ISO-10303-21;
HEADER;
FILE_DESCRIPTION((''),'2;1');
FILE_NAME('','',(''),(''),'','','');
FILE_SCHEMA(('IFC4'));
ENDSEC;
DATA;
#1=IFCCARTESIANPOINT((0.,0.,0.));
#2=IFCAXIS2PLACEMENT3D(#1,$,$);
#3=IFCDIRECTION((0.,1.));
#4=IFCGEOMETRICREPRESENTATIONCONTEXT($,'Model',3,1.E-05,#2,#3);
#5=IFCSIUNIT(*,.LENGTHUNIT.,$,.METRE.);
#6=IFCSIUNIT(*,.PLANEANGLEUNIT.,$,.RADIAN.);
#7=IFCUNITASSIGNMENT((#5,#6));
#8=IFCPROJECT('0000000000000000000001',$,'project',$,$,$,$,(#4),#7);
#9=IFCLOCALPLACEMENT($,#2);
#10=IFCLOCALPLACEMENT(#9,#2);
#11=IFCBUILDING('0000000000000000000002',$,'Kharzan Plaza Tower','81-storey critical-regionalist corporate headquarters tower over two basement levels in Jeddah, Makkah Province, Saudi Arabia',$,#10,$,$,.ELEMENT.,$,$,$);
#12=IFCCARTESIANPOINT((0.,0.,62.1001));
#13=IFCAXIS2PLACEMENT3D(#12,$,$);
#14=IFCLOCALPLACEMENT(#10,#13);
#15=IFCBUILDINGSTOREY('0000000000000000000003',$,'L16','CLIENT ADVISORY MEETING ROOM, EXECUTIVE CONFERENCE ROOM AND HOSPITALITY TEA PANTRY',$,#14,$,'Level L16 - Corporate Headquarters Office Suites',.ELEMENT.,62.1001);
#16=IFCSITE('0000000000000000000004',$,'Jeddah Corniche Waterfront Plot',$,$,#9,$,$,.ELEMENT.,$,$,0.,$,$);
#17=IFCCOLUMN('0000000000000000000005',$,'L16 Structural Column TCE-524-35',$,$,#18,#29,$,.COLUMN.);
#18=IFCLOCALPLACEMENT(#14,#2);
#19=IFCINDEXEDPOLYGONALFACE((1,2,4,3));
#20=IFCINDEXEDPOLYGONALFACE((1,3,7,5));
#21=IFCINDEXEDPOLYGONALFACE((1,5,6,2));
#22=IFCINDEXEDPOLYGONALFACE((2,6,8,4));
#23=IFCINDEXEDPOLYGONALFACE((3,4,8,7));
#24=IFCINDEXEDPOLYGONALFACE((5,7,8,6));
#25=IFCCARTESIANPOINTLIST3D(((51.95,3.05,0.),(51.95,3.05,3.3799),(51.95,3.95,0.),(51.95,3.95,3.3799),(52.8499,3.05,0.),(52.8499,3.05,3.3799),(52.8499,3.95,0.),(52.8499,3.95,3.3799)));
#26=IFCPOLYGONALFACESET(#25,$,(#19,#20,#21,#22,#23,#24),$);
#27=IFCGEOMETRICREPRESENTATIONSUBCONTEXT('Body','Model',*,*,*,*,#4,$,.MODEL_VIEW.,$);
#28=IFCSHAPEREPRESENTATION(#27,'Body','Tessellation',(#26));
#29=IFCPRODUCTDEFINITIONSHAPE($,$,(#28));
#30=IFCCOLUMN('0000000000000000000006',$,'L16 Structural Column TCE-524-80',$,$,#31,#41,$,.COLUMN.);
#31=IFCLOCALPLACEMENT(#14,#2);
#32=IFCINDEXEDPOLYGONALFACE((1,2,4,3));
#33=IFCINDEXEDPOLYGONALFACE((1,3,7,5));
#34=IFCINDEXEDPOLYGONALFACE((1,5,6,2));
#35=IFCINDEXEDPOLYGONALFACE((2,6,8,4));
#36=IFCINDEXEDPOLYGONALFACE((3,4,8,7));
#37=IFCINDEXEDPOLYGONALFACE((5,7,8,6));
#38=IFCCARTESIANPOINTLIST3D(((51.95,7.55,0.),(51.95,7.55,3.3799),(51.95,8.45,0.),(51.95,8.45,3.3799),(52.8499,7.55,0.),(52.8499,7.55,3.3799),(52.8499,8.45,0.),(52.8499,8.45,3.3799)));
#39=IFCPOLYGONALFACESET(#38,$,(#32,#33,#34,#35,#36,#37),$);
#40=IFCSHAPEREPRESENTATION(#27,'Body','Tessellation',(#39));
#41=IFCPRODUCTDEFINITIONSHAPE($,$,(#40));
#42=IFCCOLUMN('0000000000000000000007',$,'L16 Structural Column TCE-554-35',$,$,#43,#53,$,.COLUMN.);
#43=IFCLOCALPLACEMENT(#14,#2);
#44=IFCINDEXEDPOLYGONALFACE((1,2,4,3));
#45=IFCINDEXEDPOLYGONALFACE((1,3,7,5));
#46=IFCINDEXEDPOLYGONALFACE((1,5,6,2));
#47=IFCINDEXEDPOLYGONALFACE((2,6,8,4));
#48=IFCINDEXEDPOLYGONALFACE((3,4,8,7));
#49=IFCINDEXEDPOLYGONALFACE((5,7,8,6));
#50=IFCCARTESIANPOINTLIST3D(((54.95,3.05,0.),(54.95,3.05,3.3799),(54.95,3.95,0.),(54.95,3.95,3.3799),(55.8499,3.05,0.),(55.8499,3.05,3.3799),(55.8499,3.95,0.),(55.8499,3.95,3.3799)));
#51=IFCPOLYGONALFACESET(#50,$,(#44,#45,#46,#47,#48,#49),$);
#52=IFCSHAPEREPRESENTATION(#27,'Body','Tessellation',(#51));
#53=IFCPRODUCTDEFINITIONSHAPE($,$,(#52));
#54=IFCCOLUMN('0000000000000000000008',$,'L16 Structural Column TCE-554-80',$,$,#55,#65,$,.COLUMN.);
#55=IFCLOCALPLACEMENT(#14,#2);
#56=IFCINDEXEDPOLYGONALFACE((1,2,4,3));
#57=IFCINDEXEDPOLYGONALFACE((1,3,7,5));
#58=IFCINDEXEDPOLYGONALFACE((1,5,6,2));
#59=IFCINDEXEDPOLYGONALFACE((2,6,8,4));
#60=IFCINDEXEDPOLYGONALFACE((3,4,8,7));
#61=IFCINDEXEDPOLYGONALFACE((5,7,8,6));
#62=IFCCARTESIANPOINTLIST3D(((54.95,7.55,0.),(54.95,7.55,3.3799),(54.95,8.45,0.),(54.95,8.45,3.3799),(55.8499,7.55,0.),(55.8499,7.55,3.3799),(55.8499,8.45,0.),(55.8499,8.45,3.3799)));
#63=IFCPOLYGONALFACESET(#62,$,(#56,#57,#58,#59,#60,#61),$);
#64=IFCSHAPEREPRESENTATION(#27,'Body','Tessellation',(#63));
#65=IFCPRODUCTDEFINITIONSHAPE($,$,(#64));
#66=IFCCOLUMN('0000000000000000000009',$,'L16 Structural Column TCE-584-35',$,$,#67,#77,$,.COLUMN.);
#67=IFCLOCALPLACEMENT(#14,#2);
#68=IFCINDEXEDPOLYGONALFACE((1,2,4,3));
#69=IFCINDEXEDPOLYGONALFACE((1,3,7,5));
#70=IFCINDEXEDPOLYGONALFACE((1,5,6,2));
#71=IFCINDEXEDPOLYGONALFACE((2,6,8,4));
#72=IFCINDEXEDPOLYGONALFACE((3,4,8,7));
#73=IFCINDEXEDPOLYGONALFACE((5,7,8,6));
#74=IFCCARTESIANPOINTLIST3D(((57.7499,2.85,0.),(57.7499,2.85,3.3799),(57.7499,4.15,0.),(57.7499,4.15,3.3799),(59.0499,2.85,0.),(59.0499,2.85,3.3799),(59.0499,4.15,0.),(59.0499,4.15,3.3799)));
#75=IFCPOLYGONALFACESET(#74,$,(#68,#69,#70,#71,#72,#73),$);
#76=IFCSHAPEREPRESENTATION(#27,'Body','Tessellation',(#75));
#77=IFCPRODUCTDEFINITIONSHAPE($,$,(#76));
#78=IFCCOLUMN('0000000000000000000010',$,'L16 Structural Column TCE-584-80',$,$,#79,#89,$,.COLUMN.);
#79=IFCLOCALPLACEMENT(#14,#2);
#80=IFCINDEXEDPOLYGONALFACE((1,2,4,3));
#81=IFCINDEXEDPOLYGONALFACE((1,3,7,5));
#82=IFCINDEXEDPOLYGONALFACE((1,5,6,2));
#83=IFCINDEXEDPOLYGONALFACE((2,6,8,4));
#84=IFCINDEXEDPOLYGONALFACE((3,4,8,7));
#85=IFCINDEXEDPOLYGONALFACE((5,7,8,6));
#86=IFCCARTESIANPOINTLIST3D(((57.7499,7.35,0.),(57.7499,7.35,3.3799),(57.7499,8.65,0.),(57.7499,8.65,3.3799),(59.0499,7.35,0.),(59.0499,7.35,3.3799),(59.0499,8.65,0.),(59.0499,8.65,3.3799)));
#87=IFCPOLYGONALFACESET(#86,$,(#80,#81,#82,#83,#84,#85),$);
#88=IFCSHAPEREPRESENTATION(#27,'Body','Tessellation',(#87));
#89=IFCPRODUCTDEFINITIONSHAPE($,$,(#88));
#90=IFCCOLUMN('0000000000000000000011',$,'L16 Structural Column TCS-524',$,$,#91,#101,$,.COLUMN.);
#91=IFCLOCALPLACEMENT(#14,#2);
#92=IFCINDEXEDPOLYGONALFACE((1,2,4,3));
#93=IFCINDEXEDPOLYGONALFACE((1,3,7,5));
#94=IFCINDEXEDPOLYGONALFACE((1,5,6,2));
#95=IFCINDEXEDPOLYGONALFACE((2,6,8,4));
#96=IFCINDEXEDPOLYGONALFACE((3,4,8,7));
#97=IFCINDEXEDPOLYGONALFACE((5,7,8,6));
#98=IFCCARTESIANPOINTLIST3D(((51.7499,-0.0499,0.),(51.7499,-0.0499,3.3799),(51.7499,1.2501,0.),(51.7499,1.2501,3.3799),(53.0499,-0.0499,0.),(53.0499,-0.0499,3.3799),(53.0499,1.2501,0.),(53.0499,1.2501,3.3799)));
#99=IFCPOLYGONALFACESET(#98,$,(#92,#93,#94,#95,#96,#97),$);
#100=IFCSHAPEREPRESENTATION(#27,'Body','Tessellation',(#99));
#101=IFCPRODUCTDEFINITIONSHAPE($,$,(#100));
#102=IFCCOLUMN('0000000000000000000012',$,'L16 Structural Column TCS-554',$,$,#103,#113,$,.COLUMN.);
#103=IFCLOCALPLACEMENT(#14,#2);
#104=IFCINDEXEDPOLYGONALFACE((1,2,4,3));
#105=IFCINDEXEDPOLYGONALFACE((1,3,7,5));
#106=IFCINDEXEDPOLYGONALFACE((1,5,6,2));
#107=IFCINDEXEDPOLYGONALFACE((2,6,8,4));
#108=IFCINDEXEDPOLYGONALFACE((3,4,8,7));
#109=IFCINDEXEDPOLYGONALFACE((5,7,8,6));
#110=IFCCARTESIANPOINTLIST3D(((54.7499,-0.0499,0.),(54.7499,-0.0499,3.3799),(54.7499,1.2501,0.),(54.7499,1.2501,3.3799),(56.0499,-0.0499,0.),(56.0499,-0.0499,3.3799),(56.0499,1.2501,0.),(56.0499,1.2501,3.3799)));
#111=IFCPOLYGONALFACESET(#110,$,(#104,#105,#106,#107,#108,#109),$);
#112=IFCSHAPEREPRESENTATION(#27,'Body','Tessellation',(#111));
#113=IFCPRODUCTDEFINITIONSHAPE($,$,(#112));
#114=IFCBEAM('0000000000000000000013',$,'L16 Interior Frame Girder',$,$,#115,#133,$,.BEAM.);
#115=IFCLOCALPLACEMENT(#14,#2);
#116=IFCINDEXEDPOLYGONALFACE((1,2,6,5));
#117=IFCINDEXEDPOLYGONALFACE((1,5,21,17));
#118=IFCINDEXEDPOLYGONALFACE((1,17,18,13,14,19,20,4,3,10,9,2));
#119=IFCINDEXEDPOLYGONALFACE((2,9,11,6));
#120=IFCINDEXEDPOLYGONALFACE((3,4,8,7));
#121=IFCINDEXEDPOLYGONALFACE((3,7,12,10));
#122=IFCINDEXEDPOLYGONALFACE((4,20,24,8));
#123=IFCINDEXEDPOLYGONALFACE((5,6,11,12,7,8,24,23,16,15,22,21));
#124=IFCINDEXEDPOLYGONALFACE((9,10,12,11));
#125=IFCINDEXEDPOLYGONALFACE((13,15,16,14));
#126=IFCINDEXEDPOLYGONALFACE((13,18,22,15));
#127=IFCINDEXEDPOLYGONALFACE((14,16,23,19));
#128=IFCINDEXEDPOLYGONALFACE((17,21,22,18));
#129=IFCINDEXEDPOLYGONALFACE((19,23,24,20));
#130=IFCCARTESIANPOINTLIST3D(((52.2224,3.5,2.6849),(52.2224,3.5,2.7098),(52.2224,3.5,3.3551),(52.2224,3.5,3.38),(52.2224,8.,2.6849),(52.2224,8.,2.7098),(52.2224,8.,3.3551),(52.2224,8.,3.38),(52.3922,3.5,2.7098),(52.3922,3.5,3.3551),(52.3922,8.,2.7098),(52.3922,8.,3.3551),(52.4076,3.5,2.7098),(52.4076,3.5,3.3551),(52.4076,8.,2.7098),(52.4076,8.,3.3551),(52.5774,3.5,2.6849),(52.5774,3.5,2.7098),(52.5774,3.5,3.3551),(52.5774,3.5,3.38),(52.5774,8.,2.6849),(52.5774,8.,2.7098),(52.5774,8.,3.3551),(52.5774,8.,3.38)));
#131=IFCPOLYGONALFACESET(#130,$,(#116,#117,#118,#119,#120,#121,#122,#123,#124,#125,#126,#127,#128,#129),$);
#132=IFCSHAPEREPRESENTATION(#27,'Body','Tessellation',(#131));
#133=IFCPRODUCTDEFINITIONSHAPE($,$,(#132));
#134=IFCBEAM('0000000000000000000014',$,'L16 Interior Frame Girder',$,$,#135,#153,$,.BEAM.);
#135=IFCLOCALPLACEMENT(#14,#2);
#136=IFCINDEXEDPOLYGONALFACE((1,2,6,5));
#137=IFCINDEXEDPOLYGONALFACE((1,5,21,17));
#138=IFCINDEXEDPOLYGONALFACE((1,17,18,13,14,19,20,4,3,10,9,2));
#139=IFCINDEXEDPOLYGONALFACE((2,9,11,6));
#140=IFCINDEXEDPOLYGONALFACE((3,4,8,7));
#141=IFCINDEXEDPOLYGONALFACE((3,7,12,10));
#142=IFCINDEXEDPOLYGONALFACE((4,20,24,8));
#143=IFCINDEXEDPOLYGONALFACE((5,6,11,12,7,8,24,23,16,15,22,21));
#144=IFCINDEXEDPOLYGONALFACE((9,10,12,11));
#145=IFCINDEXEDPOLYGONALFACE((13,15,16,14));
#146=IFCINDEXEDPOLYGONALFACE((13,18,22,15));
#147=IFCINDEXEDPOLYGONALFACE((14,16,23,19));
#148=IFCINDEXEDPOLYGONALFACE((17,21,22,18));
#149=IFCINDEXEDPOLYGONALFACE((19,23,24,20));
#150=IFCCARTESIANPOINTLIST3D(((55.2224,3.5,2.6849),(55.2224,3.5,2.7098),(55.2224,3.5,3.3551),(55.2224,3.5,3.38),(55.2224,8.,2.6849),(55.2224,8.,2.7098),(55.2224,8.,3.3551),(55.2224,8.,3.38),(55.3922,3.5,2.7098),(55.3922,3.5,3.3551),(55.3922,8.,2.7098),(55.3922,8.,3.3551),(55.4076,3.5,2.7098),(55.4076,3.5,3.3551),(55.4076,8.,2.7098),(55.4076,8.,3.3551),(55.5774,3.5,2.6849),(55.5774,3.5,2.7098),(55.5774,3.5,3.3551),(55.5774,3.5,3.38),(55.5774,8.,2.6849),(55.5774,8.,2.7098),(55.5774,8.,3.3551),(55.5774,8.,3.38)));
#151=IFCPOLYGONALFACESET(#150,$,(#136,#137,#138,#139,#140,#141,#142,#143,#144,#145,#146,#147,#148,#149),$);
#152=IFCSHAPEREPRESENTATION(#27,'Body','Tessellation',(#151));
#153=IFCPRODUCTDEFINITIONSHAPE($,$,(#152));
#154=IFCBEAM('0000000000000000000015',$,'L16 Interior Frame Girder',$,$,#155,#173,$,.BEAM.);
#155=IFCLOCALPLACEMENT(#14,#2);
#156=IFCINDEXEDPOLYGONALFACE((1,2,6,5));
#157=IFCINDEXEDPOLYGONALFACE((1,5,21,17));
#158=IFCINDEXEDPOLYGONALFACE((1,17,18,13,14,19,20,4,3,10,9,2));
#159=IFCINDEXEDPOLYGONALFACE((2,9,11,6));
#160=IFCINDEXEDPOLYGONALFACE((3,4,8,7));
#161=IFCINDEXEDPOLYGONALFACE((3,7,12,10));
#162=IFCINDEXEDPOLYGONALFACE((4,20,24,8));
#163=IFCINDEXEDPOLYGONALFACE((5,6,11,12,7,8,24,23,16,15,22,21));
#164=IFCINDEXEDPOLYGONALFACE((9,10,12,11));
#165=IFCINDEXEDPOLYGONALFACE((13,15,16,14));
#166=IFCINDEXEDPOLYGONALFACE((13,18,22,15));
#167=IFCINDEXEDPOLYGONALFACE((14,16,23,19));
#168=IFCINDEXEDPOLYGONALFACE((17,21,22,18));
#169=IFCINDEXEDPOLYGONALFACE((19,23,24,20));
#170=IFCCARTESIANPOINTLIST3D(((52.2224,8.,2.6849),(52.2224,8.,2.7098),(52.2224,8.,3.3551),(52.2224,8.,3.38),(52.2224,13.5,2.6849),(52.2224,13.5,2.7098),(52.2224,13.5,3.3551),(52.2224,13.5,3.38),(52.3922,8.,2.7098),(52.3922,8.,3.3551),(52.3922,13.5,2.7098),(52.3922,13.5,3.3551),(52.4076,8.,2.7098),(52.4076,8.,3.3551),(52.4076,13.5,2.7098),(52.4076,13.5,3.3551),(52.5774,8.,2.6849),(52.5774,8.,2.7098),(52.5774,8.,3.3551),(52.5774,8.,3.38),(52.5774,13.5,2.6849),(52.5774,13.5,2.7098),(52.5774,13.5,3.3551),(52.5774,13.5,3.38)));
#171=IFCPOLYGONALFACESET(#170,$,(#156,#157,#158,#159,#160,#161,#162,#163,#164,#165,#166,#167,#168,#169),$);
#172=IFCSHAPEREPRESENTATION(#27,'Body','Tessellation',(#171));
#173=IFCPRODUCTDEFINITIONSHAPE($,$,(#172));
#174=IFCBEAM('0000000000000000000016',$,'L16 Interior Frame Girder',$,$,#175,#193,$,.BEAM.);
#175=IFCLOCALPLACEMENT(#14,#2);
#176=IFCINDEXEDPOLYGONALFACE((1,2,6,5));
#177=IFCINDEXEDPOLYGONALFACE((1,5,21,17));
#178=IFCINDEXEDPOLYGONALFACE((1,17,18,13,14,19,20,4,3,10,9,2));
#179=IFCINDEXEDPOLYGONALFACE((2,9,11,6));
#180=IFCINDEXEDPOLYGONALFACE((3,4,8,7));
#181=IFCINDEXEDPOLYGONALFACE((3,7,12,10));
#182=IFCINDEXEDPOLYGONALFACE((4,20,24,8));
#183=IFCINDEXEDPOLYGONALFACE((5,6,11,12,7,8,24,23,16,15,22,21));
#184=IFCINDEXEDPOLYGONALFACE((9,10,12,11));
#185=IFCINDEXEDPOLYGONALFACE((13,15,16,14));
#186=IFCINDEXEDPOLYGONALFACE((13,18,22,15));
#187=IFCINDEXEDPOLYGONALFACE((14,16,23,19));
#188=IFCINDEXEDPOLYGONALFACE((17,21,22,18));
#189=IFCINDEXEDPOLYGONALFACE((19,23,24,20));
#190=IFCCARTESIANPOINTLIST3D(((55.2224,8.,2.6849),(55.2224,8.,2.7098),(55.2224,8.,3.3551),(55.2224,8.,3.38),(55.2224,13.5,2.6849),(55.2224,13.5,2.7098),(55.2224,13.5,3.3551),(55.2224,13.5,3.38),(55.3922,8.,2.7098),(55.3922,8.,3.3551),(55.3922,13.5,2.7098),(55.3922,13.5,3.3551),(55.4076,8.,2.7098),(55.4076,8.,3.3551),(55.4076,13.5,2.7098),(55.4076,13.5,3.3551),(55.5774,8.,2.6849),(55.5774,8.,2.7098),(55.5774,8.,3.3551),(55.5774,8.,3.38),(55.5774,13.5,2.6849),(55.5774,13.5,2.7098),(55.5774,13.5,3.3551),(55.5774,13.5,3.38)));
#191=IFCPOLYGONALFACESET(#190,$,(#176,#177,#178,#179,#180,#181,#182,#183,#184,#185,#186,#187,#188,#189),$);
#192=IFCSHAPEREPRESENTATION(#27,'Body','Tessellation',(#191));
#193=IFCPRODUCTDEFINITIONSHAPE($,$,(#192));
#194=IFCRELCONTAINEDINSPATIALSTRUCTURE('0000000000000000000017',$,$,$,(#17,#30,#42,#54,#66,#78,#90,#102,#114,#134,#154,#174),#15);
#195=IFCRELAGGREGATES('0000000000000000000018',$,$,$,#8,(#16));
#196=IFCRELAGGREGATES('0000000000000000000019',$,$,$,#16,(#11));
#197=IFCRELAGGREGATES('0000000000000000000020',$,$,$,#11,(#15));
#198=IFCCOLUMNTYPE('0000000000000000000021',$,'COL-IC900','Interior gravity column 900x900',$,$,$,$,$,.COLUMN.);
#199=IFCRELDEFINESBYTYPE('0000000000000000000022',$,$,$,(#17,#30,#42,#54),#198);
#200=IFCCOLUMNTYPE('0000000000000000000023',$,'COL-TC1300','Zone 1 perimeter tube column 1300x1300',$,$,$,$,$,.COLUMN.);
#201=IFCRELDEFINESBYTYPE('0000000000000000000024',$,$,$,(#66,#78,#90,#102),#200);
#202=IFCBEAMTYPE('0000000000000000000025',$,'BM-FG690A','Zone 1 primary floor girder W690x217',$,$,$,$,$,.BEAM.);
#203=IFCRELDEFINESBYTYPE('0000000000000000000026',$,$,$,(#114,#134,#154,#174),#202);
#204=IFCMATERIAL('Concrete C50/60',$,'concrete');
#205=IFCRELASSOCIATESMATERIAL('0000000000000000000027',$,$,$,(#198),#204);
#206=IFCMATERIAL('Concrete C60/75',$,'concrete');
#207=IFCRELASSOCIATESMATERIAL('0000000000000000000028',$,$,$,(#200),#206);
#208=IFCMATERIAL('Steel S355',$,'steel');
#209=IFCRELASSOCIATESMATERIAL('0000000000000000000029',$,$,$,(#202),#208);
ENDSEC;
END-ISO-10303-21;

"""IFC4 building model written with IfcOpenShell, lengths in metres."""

from ifc_helpers import new_model, si_unit, direction, frame, origin, origin_2d, place, context, subcontext, project, spatial, rectangle, i_section, extrude, source, transform, mapped, material, material_profile, profile_set, type_object, element, save


model = new_model("IFC4")

# Units and contexts
model_context = context("Model", 3, precision=1e-05, world=origin(), true_north=direction((0.0, 1.0)))
body_context = subcontext(model_context, "Body", "Model", "MODEL_VIEW")
ifc_project = project(units=[si_unit("LENGTHUNIT", "METRE"), si_unit("PLANEANGLEUNIT", "RADIAN")], contexts=[model_context])

# Site, building, storey
site_placement = place(None, origin())
site = spatial("IfcSite", under=ifc_project, at=site_placement, Name="Jeddah Corniche Waterfront Plot", CompositionType="ELEMENT", RefElevation=0.0)
building_placement = place(site_placement, origin())
building = spatial("IfcBuilding", under=site, at=building_placement, Name="Kharzan Plaza Tower", Description="81-storey critical-regionalist corporate headquarters tower over two basement levels in Jeddah, Makkah Province, Saudi Arabia", CompositionType="ELEMENT")
storey_placement = place(building_placement, frame((0.0, 0.0, 62.1001)))
storey = spatial("IfcBuildingStorey", under=building, at=storey_placement, Name="L16", Description="CLIENT ADVISORY MEETING ROOM, EXECUTIVE CONFERENCE ROOM AND HOSPITALITY TEA PANTRY", LongName="Level L16 - Corporate Headquarters Office Suites", CompositionType="ELEMENT", Elevation=62.1001)

# Columns
ifc_material_1 = material(Name="Concrete C50/60", Category="concrete")
ifc_material_profile_1 = material_profile(ifc_material_1, rectangle(XDim=0.8999, YDim=0.8999, at=origin_2d()), Name="RC-IC900x900")
ifc_profile_set_1 = profile_set([ifc_material_profile_1], Name="Concrete C50/60")
column_type_1 = type_object("IfcColumnType", Name="COL-IC900", Description="Interior gravity column 900x900", PredefinedType="COLUMN", material=ifc_profile_set_1)
shared_shape_1 = source(origin(), body_context, "Body", "SweptSolid", [
    extrude(rectangle(XDim=0.8999, YDim=0.8999, at=origin_2d()), origin(), (0.0, 0.0, 1.0), 3.3799),
])
for number, where, z_axis, x_axis, name in (
    (1, (52.3999, 3.5, 0.0), (0.0, 0.0, 1.0), (1.0, 0.0, 0.0), "L16 Structural Column TCE-524-35"),
    (2, (52.3999, 8.0, 0.0), (0.0, 0.0, 1.0), (1.0, 0.0, 0.0), "L16 Structural Column TCE-524-80"),
    (3, (55.3999, 3.5, 0.0), (0.0, 0.0, 1.0), (1.0, 0.0, 0.0), "L16 Structural Column TCE-554-35"),
    (4, (55.3999, 8.0, 0.0), (0.0, 0.0, 1.0), (1.0, 0.0, 0.0), "L16 Structural Column TCE-554-80"),
):
    element("IfcColumn", number, at=place(storey_placement, frame(where, z_axis=z_axis, x_axis=x_axis)), inside=storey, type_object=column_type_1, Name=name, PredefinedType="COLUMN", context=body_context, shape_type="MappedRepresentation", body=[
        mapped(shared_shape_1, transform((0.0, 0.0, 0.0), x_axis=(1.0, 0.0, 0.0), y_axis=(0.0, 1.0, 0.0), z_axis=(0.0, 0.0, 1.0))),
    ])
ifc_material_2 = material(Name="Concrete C60/75", Category="concrete")
ifc_material_profile_2 = material_profile(ifc_material_2, rectangle(XDim=1.3, YDim=1.3, at=origin_2d()), Name="RC-TC1300x1300")
ifc_profile_set_2 = profile_set([ifc_material_profile_2], Name="Concrete C60/75")
column_type_2 = type_object("IfcColumnType", Name="COL-TC1300", Description="Zone 1 perimeter tube column 1300x1300", PredefinedType="COLUMN", material=ifc_profile_set_2)
shared_shape_2 = source(origin(), body_context, "Body", "SweptSolid", [
    extrude(rectangle(XDim=1.3, YDim=1.3, at=origin_2d()), origin(), (0.0, 0.0, 1.0), 3.3799),
])
for number, where, z_axis, x_axis, name in (
    (5, (58.3999, 3.5, 0.0), (0.0, 0.0, 1.0), (1.0, 0.0, 0.0), "L16 Structural Column TCE-584-35"),
    (6, (58.3999, 8.0, 0.0), (0.0, 0.0, 1.0), (1.0, 0.0, 0.0), "L16 Structural Column TCE-584-80"),
    (7, (52.3999, 0.6001, 0.0), (0.0, 0.0, 1.0), (1.0, 0.0, 0.0), "L16 Structural Column TCS-524"),
    (8, (55.3999, 0.6001, 0.0), (0.0, 0.0, 1.0), (1.0, 0.0, 0.0), "L16 Structural Column TCS-554"),
):
    element("IfcColumn", number, at=place(storey_placement, frame(where, z_axis=z_axis, x_axis=x_axis)), inside=storey, type_object=column_type_2, Name=name, PredefinedType="COLUMN", context=body_context, shape_type="MappedRepresentation", body=[
        mapped(shared_shape_2, transform((0.0, 0.0, 0.0), x_axis=(1.0, 0.0, 0.0), y_axis=(0.0, 1.0, 0.0), z_axis=(0.0, 0.0, 1.0))),
    ])

# Beams
ifc_material_3 = material(Name="Steel S355", Category="steel")
ifc_material_profile_3 = material_profile(ifc_material_3, i_section(OverallWidth=0.355, OverallDepth=0.6951, WebThickness=0.0154, FlangeThickness=0.0249, at=origin_2d()), Name="W690x217")
ifc_profile_set_3 = profile_set([ifc_material_profile_3], Name="Steel S355")
beam_type_1 = type_object("IfcBeamType", Name="BM-FG690A", Description="Zone 1 primary floor girder W690x217", PredefinedType="BEAM", material=ifc_profile_set_3)
shared_shape_3 = source(origin(), body_context, "Body", "SweptSolid", [
    extrude(i_section(OverallWidth=0.355, OverallDepth=0.6951, WebThickness=0.0154, FlangeThickness=0.0249, at=origin_2d()), origin(), (0.0, 0.0, 1.0), 4.5),
])
for number, where, z_axis, x_axis, name in (
    (9, (52.3999, 3.5, 3.0325), (0.0, 1.0, 0.0), (-1.0, 0.0, 0.0), "L16 Interior Frame Girder"),
    (10, (55.3999, 3.5, 3.0325), (0.0, 1.0, 0.0), (-1.0, 0.0, 0.0), "L16 Interior Frame Girder"),
):
    element("IfcBeam", number, at=place(storey_placement, frame(where, z_axis=z_axis, x_axis=x_axis)), inside=storey, type_object=beam_type_1, Name=name, PredefinedType="BEAM", context=body_context, shape_type="MappedRepresentation", body=[
        mapped(shared_shape_3, transform((0.0, 0.0, 0.0), x_axis=(1.0, 0.0, 0.0), y_axis=(0.0, 1.0, 0.0), z_axis=(0.0, 0.0, 1.0))),
    ])
shared_shape_4 = source(origin(), body_context, "Body", "SweptSolid", [
    extrude(i_section(OverallWidth=0.355, OverallDepth=0.6951, WebThickness=0.0154, FlangeThickness=0.0249, at=origin_2d()), origin(), (0.0, 0.0, 1.0), 5.5),
])
for number, where, z_axis, x_axis, name in (
    (11, (52.3999, 8.0, 3.0325), (0.0, 1.0, 0.0), (-1.0, 0.0, 0.0), "L16 Interior Frame Girder"),
    (12, (55.3999, 8.0, 3.0325), (0.0, 1.0, 0.0), (-1.0, 0.0, 0.0), "L16 Interior Frame Girder"),
):
    element("IfcBeam", number, at=place(storey_placement, frame(where, z_axis=z_axis, x_axis=x_axis)), inside=storey, type_object=beam_type_1, Name=name, PredefinedType="BEAM", context=body_context, shape_type="MappedRepresentation", body=[
        mapped(shared_shape_4, transform((0.0, 0.0, 0.0), x_axis=(1.0, 0.0, 0.0), y_axis=(0.0, 1.0, 0.0), z_axis=(0.0, 0.0, 1.0))),
    ])

save(model, "model.ifc")
